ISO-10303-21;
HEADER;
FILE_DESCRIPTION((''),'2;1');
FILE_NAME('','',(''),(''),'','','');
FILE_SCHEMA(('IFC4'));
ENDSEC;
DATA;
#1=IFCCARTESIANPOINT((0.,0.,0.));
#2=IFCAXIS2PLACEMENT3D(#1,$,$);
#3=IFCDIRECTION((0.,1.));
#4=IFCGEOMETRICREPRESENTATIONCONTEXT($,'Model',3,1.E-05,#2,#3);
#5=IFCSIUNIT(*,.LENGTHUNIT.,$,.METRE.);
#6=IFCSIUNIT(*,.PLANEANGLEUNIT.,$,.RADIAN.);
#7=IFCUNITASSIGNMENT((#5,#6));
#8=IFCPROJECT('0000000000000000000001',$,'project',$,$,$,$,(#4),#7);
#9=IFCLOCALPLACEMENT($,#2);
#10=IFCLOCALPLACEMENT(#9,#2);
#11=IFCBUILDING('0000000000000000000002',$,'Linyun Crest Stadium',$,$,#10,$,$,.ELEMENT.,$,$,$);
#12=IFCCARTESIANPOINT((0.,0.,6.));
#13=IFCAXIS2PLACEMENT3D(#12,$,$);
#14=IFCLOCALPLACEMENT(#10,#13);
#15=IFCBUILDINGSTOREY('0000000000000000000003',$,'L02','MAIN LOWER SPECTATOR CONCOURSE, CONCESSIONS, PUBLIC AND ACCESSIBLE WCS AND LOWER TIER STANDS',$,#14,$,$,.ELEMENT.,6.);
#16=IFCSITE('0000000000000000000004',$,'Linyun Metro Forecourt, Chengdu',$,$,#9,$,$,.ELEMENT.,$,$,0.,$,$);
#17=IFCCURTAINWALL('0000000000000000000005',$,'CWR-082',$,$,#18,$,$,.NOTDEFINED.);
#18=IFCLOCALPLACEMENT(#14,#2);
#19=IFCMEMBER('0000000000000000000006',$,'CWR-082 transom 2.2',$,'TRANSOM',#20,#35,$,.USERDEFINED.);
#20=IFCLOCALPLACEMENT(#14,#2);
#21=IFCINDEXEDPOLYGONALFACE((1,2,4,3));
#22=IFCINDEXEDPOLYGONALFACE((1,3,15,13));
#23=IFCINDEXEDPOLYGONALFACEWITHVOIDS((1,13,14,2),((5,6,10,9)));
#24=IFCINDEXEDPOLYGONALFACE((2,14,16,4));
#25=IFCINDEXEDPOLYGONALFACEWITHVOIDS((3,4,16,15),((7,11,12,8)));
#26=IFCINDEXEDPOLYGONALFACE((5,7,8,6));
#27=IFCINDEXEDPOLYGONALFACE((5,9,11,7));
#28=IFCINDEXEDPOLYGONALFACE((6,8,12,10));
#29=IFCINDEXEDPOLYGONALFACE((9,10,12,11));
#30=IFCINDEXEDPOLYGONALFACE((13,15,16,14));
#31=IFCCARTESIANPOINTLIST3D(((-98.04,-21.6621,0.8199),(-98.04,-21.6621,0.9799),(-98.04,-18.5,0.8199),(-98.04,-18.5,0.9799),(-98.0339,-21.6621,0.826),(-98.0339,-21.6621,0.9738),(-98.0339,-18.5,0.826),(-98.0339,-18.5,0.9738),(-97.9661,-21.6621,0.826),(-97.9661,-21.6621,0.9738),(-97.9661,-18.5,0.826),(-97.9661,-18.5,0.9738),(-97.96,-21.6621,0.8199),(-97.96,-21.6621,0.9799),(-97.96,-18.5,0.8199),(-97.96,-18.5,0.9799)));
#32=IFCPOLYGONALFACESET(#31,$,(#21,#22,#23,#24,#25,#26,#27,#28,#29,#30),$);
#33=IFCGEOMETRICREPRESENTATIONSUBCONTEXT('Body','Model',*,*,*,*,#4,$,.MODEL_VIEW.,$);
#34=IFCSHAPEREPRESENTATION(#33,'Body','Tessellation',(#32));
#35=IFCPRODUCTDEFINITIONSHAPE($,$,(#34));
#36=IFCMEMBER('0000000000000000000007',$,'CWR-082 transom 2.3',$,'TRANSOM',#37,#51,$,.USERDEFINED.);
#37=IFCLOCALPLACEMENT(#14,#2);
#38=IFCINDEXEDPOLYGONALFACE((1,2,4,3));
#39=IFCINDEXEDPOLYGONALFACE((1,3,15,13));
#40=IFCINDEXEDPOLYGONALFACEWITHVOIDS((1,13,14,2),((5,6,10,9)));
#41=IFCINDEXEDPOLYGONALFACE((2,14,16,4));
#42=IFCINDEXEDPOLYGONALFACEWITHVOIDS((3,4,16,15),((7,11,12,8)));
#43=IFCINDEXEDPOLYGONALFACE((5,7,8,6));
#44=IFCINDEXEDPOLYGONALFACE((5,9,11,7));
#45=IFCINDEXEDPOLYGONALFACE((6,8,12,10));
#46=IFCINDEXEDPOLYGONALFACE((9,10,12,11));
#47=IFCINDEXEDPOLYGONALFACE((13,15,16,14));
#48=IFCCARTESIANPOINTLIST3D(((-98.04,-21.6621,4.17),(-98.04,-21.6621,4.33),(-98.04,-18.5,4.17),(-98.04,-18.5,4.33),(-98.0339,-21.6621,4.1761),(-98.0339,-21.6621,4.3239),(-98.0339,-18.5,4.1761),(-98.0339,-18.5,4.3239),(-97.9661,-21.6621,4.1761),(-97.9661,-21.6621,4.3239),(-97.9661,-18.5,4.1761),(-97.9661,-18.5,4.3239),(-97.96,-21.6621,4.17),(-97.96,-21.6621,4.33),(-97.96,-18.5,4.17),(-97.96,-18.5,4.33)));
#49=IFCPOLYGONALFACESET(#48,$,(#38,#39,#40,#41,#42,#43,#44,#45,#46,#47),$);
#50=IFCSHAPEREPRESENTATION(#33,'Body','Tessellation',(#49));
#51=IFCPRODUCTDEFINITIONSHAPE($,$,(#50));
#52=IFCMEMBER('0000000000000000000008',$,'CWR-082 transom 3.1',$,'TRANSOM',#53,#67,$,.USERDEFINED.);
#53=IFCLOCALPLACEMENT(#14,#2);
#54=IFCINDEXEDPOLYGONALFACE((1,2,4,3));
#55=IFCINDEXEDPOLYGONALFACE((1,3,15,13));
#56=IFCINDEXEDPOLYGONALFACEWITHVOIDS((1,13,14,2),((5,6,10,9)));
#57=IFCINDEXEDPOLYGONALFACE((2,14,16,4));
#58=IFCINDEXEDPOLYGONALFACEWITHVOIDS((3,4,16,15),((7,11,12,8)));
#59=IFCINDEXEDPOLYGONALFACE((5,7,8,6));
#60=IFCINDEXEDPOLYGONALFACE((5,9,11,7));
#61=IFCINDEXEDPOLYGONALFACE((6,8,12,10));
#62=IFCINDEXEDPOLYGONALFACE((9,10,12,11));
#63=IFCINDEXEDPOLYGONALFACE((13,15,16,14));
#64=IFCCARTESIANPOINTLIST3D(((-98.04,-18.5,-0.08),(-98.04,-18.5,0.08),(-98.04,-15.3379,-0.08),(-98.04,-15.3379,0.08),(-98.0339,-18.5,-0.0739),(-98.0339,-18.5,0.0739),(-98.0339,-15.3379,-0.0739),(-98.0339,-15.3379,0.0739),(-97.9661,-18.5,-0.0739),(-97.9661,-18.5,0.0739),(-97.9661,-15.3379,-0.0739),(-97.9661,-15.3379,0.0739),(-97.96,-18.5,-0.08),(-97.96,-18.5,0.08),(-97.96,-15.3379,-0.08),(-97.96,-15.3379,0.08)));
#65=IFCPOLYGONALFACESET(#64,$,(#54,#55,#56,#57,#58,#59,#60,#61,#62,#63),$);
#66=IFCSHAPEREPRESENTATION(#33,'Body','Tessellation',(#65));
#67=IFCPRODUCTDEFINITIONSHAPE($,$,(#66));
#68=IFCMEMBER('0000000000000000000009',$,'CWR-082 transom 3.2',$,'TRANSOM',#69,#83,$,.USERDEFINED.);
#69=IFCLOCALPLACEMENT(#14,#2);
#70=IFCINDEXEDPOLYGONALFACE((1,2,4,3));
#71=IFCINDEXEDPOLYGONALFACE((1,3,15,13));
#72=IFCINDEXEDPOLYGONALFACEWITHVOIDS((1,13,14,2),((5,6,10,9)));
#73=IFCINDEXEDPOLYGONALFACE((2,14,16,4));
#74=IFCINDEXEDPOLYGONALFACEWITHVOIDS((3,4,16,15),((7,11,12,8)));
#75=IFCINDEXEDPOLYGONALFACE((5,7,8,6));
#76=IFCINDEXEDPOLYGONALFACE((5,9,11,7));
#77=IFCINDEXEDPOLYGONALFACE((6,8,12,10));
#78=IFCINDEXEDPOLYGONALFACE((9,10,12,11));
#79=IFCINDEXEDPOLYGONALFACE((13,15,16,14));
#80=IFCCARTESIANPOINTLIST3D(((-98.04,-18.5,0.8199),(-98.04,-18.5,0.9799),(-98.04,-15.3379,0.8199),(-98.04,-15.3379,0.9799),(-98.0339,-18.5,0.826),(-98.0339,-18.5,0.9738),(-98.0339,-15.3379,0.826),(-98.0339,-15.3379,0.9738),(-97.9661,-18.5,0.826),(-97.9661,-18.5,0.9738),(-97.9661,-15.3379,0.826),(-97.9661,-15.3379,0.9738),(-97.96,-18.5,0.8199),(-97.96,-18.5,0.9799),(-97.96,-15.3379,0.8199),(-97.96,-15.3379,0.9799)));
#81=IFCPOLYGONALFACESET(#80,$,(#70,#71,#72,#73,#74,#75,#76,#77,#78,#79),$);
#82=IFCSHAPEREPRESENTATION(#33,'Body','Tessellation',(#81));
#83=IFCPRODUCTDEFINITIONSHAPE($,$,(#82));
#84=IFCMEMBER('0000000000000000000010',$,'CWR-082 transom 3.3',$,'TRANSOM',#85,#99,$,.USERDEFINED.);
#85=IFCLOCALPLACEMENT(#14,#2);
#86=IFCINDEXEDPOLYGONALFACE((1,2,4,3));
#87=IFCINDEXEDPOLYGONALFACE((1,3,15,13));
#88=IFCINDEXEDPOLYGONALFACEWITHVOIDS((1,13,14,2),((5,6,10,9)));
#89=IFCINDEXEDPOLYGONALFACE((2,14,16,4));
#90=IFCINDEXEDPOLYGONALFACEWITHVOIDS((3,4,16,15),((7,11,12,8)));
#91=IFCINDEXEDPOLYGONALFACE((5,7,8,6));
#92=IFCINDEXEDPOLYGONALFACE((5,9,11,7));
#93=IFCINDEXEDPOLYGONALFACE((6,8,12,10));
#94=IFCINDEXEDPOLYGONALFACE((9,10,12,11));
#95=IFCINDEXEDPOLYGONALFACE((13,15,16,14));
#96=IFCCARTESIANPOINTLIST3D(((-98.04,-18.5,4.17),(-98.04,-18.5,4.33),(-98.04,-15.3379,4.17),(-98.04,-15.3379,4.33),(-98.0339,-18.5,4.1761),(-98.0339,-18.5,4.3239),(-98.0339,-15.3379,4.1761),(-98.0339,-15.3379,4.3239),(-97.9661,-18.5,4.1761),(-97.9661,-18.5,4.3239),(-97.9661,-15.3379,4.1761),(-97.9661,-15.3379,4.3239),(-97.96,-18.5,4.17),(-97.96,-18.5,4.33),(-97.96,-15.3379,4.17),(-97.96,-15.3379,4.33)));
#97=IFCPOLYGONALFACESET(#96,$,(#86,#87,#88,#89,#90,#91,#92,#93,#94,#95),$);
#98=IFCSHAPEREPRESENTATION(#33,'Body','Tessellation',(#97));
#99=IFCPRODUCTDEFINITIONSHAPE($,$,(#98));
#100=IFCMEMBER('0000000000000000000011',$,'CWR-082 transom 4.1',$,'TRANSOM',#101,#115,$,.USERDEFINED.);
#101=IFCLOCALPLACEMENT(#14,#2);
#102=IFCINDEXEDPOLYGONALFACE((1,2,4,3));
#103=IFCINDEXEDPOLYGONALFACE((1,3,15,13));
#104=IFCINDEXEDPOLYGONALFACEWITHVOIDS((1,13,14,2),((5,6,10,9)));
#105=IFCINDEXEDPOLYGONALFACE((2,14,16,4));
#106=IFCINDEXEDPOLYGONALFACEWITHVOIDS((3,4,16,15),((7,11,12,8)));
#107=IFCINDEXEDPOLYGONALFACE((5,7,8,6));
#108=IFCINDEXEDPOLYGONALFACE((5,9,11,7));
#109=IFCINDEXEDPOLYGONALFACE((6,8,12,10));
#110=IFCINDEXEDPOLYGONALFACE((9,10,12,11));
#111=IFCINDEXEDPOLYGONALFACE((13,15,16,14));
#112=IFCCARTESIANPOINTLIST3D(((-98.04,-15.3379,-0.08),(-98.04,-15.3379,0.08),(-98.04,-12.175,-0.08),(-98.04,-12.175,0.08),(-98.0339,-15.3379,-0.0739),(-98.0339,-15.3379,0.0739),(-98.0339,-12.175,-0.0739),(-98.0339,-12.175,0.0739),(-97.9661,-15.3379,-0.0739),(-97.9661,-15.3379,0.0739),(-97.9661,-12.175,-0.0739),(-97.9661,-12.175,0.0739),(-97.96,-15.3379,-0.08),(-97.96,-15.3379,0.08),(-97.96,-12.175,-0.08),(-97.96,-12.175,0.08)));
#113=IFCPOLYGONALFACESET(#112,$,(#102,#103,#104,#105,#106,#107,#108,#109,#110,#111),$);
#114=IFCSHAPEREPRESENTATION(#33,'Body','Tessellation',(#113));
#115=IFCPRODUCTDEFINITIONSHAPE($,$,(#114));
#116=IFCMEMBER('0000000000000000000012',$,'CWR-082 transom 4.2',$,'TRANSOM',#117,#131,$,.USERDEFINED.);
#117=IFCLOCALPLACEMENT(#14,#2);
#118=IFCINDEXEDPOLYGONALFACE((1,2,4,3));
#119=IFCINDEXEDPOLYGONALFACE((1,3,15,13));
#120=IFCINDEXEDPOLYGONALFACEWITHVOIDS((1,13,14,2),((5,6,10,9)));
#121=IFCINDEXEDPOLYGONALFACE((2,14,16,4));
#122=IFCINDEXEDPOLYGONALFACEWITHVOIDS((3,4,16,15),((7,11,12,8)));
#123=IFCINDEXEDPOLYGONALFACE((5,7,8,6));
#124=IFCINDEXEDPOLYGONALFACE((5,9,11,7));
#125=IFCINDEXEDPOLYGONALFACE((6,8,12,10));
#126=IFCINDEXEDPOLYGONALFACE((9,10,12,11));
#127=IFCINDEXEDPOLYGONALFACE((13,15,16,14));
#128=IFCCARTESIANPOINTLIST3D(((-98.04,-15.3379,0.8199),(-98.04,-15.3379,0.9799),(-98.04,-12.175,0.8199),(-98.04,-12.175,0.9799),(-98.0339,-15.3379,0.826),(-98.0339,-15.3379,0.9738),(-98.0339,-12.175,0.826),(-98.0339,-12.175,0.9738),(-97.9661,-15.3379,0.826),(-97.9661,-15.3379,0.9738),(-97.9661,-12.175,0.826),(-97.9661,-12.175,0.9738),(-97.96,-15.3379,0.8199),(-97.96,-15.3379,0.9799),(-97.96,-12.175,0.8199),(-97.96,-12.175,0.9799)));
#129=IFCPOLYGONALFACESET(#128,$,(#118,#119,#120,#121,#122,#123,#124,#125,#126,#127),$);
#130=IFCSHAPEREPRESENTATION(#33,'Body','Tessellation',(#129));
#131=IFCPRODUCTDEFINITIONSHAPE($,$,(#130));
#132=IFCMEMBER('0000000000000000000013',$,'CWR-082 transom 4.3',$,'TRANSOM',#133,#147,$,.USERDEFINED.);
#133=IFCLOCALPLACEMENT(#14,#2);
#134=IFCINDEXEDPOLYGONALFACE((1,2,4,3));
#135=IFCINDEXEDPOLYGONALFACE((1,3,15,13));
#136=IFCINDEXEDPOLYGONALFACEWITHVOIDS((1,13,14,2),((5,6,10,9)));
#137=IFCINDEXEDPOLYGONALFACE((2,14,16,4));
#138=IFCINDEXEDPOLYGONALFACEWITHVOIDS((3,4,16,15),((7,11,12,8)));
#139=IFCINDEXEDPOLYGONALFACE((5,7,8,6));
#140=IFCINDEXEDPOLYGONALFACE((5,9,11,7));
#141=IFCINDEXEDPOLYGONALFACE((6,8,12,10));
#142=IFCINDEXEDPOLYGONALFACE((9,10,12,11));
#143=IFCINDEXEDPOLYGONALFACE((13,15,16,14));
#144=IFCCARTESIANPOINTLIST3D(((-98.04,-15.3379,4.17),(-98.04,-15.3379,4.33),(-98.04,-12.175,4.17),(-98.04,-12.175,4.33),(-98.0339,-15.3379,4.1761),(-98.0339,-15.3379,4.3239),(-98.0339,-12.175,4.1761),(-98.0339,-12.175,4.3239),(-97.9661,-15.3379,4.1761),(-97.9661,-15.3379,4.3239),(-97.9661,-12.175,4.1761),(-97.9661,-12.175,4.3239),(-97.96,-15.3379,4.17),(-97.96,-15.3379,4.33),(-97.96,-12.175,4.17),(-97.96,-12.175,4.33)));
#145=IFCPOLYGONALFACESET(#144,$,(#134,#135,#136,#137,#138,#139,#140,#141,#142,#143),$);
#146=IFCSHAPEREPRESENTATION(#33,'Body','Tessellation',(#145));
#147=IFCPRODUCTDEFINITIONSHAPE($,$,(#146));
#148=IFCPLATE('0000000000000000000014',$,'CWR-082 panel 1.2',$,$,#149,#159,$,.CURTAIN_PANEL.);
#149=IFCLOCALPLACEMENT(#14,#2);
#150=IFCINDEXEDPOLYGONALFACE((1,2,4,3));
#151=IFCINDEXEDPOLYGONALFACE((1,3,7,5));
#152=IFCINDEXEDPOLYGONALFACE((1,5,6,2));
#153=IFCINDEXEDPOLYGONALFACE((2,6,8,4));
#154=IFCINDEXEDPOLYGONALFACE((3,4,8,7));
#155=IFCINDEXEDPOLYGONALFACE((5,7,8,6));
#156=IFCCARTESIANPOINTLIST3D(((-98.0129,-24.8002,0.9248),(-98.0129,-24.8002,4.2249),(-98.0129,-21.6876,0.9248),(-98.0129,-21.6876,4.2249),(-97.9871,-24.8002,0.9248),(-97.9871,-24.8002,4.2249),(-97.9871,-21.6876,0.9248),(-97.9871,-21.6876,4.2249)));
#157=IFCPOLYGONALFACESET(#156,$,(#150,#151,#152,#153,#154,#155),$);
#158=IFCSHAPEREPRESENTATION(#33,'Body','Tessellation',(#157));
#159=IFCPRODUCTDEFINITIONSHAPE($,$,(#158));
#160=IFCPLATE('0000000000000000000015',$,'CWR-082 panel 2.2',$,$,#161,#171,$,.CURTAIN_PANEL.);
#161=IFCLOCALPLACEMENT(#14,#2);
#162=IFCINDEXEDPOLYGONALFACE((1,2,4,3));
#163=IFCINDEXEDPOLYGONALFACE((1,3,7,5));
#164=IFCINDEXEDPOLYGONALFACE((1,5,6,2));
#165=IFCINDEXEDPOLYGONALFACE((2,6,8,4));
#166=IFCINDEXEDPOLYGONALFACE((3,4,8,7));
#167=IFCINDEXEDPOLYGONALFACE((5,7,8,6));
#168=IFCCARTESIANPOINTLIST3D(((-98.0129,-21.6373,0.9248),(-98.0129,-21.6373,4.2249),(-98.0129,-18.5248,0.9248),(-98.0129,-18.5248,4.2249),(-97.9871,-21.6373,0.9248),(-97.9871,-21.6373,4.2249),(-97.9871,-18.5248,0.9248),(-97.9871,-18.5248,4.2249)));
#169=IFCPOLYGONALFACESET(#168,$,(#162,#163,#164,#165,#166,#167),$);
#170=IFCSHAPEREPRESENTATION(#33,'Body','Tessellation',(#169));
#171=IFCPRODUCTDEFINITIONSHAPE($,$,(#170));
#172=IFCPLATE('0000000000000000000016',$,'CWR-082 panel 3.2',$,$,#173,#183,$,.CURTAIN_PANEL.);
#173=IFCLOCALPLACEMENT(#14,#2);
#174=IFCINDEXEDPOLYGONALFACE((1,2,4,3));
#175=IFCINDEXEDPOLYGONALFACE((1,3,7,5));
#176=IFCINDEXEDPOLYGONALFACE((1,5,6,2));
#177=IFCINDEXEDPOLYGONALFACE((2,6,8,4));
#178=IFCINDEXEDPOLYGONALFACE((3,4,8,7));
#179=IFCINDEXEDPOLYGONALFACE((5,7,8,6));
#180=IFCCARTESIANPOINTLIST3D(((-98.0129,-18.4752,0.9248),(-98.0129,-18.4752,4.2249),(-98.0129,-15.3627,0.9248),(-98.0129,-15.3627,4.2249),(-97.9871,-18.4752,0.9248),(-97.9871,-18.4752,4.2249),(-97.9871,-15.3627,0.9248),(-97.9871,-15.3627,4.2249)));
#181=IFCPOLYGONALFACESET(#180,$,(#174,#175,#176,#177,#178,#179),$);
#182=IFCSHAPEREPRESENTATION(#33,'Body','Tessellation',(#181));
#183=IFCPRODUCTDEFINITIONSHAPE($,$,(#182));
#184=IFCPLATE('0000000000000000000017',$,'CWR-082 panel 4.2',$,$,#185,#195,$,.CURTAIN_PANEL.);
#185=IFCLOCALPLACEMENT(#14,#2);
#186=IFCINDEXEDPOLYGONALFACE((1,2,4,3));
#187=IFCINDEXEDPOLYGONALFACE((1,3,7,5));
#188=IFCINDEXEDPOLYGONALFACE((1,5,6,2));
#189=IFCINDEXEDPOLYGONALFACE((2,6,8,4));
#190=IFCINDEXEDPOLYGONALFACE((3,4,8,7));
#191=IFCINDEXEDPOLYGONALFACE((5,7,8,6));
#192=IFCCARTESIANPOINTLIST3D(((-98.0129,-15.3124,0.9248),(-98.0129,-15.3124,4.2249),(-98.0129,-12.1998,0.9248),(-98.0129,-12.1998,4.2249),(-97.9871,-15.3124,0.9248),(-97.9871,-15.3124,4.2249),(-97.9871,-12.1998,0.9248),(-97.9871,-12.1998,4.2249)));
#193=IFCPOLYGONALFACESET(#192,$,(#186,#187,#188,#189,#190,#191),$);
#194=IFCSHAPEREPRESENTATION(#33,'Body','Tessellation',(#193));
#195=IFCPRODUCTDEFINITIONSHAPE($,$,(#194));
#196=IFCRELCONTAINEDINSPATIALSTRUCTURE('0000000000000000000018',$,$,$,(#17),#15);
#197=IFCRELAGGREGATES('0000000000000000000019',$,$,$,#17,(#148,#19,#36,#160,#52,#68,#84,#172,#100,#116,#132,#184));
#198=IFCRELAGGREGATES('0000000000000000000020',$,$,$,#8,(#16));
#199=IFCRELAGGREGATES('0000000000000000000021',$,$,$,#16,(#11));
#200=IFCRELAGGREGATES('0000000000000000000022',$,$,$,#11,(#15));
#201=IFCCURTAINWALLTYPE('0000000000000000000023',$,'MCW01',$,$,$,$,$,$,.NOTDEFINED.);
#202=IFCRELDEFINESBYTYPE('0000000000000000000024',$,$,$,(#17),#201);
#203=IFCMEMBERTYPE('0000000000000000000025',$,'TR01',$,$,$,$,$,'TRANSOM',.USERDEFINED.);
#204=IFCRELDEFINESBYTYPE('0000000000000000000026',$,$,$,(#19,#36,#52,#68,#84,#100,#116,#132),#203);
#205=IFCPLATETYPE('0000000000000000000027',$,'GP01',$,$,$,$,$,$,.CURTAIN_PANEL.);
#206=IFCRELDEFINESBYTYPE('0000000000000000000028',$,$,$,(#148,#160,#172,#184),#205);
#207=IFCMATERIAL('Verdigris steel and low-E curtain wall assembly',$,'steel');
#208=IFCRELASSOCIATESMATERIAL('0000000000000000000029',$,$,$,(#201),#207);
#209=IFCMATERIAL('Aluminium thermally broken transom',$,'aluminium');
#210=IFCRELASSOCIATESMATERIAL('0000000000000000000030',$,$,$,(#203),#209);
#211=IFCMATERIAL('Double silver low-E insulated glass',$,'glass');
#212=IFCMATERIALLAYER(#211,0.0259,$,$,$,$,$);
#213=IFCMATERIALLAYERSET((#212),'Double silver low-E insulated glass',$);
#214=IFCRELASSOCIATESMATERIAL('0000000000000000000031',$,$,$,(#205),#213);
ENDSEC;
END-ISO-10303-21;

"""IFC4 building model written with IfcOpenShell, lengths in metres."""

from ifc_helpers import new_model, si_unit, direction, frame, origin, origin_2d, place, context, subcontext, project, spatial, rectangle, hollow_rectangle, extrude, material, layer, layer_set, material_profile, profile_set, type_object, element, aggregate, save


model = new_model("IFC4")

# Units and contexts
model_context = context("Model", 3, precision=1e-05, world=origin(), true_north=direction((0.0, 1.0)))
body_context = subcontext(model_context, "Body", "Model", "MODEL_VIEW")
ifc_project = project(units=[si_unit("LENGTHUNIT", "METRE"), si_unit("PLANEANGLEUNIT", "RADIAN")], contexts=[model_context])

# Site, building, storey
site_placement = place(None, origin())
site = spatial("IfcSite", under=ifc_project, at=site_placement, Name="Linyun Metro Forecourt, Chengdu", CompositionType="ELEMENT", RefElevation=0.0)
building_placement = place(site_placement, origin())
building = spatial("IfcBuilding", under=site, at=building_placement, Name="Linyun Crest Stadium", CompositionType="ELEMENT")
storey_placement = place(building_placement, frame((0.0, 0.0, 6.0)))
storey = spatial("IfcBuildingStorey", under=building, at=storey_placement, Name="L02", Description="MAIN LOWER SPECTATOR CONCOURSE, CONCESSIONS, PUBLIC AND ACCESSIBLE WCS AND LOWER TIER STANDS", CompositionType="ELEMENT", Elevation=6.0)

# Shared definitions
ifc_material_1 = material(Name="Verdigris steel and low-E curtain wall assembly", Category="steel")
curtain_wall_type = type_object("IfcCurtainWallType", Name="MCW01", PredefinedType="NOTDEFINED", material=ifc_material_1)

# Curtain wall, members, plates
curtain_wall_1_placement = place(storey_placement, origin())
curtain_wall_1 = element("IfcCurtainWall", 1, at=curtain_wall_1_placement, inside=storey, type_object=curtain_wall_type, Name="CWR-082", PredefinedType="NOTDEFINED")
ifc_material_2 = material(Name="Aluminium thermally broken transom", Category="aluminium")
ifc_material_profile_1 = material_profile(ifc_material_2, hollow_rectangle(XDim=0.0801, YDim=0.1599, WallThickness=0.0061, at=origin_2d()), Name="RHS 160x80x6")
ifc_profile_set_1 = profile_set([ifc_material_profile_1], Name="Aluminium thermally broken transom")
member_type_1 = type_object("IfcMemberType", Name="TR01", ElementType="TRANSOM", PredefinedType="USERDEFINED", material=ifc_profile_set_1)
member_1_placement = place(storey_placement, frame((-98.0, -21.6621, 0.8999), z_axis=(0.0, 1.0, 0.0), x_axis=(-1.0, 0.0, 0.0)))
member_1 = element("IfcMember", 2, at=member_1_placement, type_object=member_type_1, Name="CWR-082 transom 2.2", ObjectType="TRANSOM", PredefinedType="USERDEFINED", context=body_context, shape_type="SweptSolid", body=[
    extrude(hollow_rectangle(XDim=0.0801, YDim=0.1599, WallThickness=0.0061, at=origin_2d()), origin(), (0.0, 0.0, 1.0), 3.1621),
])
member_2_placement = place(storey_placement, frame((-98.0, -21.6621, 4.25), z_axis=(0.0, 1.0, 0.0), x_axis=(-1.0, 0.0, 0.0)))
member_2 = element("IfcMember", 3, at=member_2_placement, type_object=member_type_1, Name="CWR-082 transom 2.3", ObjectType="TRANSOM", PredefinedType="USERDEFINED", context=body_context, shape_type="SweptSolid", body=[
    extrude(hollow_rectangle(XDim=0.0801, YDim=0.1599, WallThickness=0.0061, at=origin_2d()), origin(), (0.0, 0.0, 1.0), 3.1621),
])
member_3_placement = place(storey_placement, frame((-98.0, -18.5, 0.0), z_axis=(0.0, 1.0, 0.0), x_axis=(-1.0, 0.0, 0.0)))
member_3 = element("IfcMember", 4, at=member_3_placement, type_object=member_type_1, Name="CWR-082 transom 3.1", ObjectType="TRANSOM", PredefinedType="USERDEFINED", context=body_context, shape_type="SweptSolid", body=[
    extrude(hollow_rectangle(XDim=0.0801, YDim=0.1599, WallThickness=0.0061, at=origin_2d()), origin(), (0.0, 0.0, 1.0), 3.1621),
])
member_4_placement = place(storey_placement, frame((-98.0, -18.5, 0.8999), z_axis=(0.0, 1.0, 0.0), x_axis=(-1.0, 0.0, 0.0)))
member_4 = element("IfcMember", 5, at=member_4_placement, type_object=member_type_1, Name="CWR-082 transom 3.2", ObjectType="TRANSOM", PredefinedType="USERDEFINED", context=body_context, shape_type="SweptSolid", body=[
    extrude(hollow_rectangle(XDim=0.0801, YDim=0.1599, WallThickness=0.0061, at=origin_2d()), origin(), (0.0, 0.0, 1.0), 3.1621),
])
member_5_placement = place(storey_placement, frame((-98.0, -18.5, 4.25), z_axis=(0.0, 1.0, 0.0), x_axis=(-1.0, 0.0, 0.0)))
member_5 = element("IfcMember", 6, at=member_5_placement, type_object=member_type_1, Name="CWR-082 transom 3.3", ObjectType="TRANSOM", PredefinedType="USERDEFINED", context=body_context, shape_type="SweptSolid", body=[
    extrude(hollow_rectangle(XDim=0.0801, YDim=0.1599, WallThickness=0.0061, at=origin_2d()), origin(), (0.0, 0.0, 1.0), 3.1621),
])
member_6_placement = place(storey_placement, frame((-98.0, -15.3379, 0.0), z_axis=(0.0, 1.0, 0.0), x_axis=(-1.0, 0.0, 0.0)))
member_6 = element("IfcMember", 7, at=member_6_placement, type_object=member_type_1, Name="CWR-082 transom 4.1", ObjectType="TRANSOM", PredefinedType="USERDEFINED", context=body_context, shape_type="SweptSolid", body=[
    extrude(hollow_rectangle(XDim=0.0801, YDim=0.1599, WallThickness=0.0061, at=origin_2d()), origin(), (0.0, 0.0, 1.0), 3.1628),
])
member_7_placement = place(storey_placement, frame((-98.0, -15.3379, 0.8999), z_axis=(0.0, 1.0, 0.0), x_axis=(-1.0, 0.0, 0.0)))
member_7 = element("IfcMember", 8, at=member_7_placement, type_object=member_type_1, Name="CWR-082 transom 4.2", ObjectType="TRANSOM", PredefinedType="USERDEFINED", context=body_context, shape_type="SweptSolid", body=[
    extrude(hollow_rectangle(XDim=0.0801, YDim=0.1599, WallThickness=0.0061, at=origin_2d()), origin(), (0.0, 0.0, 1.0), 3.1628),
])
member_8_placement = place(storey_placement, frame((-98.0, -15.3379, 4.25), z_axis=(0.0, 1.0, 0.0), x_axis=(-1.0, 0.0, 0.0)))
member_8 = element("IfcMember", 9, at=member_8_placement, type_object=member_type_1, Name="CWR-082 transom 4.3", ObjectType="TRANSOM", PredefinedType="USERDEFINED", context=body_context, shape_type="SweptSolid", body=[
    extrude(hollow_rectangle(XDim=0.0801, YDim=0.1599, WallThickness=0.0061, at=origin_2d()), origin(), (0.0, 0.0, 1.0), 3.1628),
])
ifc_material_3 = material(Name="Double silver low-E insulated glass", Category="glass")
ifc_layer_1 = layer(ifc_material_3, 0.0259)
ifc_layer_set_1 = layer_set([ifc_layer_1], Name="Double silver low-E insulated glass")
plate_type_1 = type_object("IfcPlateType", Name="GP01", PredefinedType="CURTAIN_PANEL", material=ifc_layer_set_1)
plate_1_placement = place(storey_placement, frame((-98.0, -23.2439, 0.9248), z_axis=(0.0, 0.0, 1.0), x_axis=(0.0, 1.0, 0.0)))
plate_1 = element("IfcPlate", 10, at=plate_1_placement, type_object=plate_type_1, Name="CWR-082 panel 1.2", PredefinedType="CURTAIN_PANEL", context=body_context, shape_type="SweptSolid", body=[
    extrude(rectangle(XDim=3.1125, YDim=0.0259, at=origin_2d()), origin(), (0.0, 0.0, 1.0), 3.3),
])
plate_2_placement = place(storey_placement, frame((-98.0, -20.0811, 0.9248), z_axis=(0.0, 0.0, 1.0), x_axis=(0.0, 1.0, 0.0)))
plate_2 = element("IfcPlate", 11, at=plate_2_placement, type_object=plate_type_1, Name="CWR-082 panel 2.2", PredefinedType="CURTAIN_PANEL", context=body_context, shape_type="SweptSolid", body=[
    extrude(rectangle(XDim=3.1125, YDim=0.0259, at=origin_2d()), origin(), (0.0, 0.0, 1.0), 3.3),
])
plate_3_placement = place(storey_placement, frame((-98.0, -16.9189, 0.9248), z_axis=(0.0, 0.0, 1.0), x_axis=(0.0, 1.0, 0.0)))
plate_3 = element("IfcPlate", 12, at=plate_3_placement, type_object=plate_type_1, Name="CWR-082 panel 3.2", PredefinedType="CURTAIN_PANEL", context=body_context, shape_type="SweptSolid", body=[
    extrude(rectangle(XDim=3.1125, YDim=0.0259, at=origin_2d()), origin(), (0.0, 0.0, 1.0), 3.3),
])
plate_4_placement = place(storey_placement, frame((-98.0, -13.7561, 0.9248), z_axis=(0.0, 0.0, 1.0), x_axis=(0.0, 1.0, 0.0)))
plate_4 = element("IfcPlate", 13, at=plate_4_placement, type_object=plate_type_1, Name="CWR-082 panel 4.2", PredefinedType="CURTAIN_PANEL", context=body_context, shape_type="SweptSolid", body=[
    extrude(rectangle(XDim=3.1125, YDim=0.0259, at=origin_2d()), origin(), (0.0, 0.0, 1.0), 3.3),
])
aggregate(curtain_wall_1, [plate_1, member_1, member_2, plate_2, member_3, member_4, member_5, plate_3, member_6, member_7, member_8, plate_4])

save(model, "model.ifc")
